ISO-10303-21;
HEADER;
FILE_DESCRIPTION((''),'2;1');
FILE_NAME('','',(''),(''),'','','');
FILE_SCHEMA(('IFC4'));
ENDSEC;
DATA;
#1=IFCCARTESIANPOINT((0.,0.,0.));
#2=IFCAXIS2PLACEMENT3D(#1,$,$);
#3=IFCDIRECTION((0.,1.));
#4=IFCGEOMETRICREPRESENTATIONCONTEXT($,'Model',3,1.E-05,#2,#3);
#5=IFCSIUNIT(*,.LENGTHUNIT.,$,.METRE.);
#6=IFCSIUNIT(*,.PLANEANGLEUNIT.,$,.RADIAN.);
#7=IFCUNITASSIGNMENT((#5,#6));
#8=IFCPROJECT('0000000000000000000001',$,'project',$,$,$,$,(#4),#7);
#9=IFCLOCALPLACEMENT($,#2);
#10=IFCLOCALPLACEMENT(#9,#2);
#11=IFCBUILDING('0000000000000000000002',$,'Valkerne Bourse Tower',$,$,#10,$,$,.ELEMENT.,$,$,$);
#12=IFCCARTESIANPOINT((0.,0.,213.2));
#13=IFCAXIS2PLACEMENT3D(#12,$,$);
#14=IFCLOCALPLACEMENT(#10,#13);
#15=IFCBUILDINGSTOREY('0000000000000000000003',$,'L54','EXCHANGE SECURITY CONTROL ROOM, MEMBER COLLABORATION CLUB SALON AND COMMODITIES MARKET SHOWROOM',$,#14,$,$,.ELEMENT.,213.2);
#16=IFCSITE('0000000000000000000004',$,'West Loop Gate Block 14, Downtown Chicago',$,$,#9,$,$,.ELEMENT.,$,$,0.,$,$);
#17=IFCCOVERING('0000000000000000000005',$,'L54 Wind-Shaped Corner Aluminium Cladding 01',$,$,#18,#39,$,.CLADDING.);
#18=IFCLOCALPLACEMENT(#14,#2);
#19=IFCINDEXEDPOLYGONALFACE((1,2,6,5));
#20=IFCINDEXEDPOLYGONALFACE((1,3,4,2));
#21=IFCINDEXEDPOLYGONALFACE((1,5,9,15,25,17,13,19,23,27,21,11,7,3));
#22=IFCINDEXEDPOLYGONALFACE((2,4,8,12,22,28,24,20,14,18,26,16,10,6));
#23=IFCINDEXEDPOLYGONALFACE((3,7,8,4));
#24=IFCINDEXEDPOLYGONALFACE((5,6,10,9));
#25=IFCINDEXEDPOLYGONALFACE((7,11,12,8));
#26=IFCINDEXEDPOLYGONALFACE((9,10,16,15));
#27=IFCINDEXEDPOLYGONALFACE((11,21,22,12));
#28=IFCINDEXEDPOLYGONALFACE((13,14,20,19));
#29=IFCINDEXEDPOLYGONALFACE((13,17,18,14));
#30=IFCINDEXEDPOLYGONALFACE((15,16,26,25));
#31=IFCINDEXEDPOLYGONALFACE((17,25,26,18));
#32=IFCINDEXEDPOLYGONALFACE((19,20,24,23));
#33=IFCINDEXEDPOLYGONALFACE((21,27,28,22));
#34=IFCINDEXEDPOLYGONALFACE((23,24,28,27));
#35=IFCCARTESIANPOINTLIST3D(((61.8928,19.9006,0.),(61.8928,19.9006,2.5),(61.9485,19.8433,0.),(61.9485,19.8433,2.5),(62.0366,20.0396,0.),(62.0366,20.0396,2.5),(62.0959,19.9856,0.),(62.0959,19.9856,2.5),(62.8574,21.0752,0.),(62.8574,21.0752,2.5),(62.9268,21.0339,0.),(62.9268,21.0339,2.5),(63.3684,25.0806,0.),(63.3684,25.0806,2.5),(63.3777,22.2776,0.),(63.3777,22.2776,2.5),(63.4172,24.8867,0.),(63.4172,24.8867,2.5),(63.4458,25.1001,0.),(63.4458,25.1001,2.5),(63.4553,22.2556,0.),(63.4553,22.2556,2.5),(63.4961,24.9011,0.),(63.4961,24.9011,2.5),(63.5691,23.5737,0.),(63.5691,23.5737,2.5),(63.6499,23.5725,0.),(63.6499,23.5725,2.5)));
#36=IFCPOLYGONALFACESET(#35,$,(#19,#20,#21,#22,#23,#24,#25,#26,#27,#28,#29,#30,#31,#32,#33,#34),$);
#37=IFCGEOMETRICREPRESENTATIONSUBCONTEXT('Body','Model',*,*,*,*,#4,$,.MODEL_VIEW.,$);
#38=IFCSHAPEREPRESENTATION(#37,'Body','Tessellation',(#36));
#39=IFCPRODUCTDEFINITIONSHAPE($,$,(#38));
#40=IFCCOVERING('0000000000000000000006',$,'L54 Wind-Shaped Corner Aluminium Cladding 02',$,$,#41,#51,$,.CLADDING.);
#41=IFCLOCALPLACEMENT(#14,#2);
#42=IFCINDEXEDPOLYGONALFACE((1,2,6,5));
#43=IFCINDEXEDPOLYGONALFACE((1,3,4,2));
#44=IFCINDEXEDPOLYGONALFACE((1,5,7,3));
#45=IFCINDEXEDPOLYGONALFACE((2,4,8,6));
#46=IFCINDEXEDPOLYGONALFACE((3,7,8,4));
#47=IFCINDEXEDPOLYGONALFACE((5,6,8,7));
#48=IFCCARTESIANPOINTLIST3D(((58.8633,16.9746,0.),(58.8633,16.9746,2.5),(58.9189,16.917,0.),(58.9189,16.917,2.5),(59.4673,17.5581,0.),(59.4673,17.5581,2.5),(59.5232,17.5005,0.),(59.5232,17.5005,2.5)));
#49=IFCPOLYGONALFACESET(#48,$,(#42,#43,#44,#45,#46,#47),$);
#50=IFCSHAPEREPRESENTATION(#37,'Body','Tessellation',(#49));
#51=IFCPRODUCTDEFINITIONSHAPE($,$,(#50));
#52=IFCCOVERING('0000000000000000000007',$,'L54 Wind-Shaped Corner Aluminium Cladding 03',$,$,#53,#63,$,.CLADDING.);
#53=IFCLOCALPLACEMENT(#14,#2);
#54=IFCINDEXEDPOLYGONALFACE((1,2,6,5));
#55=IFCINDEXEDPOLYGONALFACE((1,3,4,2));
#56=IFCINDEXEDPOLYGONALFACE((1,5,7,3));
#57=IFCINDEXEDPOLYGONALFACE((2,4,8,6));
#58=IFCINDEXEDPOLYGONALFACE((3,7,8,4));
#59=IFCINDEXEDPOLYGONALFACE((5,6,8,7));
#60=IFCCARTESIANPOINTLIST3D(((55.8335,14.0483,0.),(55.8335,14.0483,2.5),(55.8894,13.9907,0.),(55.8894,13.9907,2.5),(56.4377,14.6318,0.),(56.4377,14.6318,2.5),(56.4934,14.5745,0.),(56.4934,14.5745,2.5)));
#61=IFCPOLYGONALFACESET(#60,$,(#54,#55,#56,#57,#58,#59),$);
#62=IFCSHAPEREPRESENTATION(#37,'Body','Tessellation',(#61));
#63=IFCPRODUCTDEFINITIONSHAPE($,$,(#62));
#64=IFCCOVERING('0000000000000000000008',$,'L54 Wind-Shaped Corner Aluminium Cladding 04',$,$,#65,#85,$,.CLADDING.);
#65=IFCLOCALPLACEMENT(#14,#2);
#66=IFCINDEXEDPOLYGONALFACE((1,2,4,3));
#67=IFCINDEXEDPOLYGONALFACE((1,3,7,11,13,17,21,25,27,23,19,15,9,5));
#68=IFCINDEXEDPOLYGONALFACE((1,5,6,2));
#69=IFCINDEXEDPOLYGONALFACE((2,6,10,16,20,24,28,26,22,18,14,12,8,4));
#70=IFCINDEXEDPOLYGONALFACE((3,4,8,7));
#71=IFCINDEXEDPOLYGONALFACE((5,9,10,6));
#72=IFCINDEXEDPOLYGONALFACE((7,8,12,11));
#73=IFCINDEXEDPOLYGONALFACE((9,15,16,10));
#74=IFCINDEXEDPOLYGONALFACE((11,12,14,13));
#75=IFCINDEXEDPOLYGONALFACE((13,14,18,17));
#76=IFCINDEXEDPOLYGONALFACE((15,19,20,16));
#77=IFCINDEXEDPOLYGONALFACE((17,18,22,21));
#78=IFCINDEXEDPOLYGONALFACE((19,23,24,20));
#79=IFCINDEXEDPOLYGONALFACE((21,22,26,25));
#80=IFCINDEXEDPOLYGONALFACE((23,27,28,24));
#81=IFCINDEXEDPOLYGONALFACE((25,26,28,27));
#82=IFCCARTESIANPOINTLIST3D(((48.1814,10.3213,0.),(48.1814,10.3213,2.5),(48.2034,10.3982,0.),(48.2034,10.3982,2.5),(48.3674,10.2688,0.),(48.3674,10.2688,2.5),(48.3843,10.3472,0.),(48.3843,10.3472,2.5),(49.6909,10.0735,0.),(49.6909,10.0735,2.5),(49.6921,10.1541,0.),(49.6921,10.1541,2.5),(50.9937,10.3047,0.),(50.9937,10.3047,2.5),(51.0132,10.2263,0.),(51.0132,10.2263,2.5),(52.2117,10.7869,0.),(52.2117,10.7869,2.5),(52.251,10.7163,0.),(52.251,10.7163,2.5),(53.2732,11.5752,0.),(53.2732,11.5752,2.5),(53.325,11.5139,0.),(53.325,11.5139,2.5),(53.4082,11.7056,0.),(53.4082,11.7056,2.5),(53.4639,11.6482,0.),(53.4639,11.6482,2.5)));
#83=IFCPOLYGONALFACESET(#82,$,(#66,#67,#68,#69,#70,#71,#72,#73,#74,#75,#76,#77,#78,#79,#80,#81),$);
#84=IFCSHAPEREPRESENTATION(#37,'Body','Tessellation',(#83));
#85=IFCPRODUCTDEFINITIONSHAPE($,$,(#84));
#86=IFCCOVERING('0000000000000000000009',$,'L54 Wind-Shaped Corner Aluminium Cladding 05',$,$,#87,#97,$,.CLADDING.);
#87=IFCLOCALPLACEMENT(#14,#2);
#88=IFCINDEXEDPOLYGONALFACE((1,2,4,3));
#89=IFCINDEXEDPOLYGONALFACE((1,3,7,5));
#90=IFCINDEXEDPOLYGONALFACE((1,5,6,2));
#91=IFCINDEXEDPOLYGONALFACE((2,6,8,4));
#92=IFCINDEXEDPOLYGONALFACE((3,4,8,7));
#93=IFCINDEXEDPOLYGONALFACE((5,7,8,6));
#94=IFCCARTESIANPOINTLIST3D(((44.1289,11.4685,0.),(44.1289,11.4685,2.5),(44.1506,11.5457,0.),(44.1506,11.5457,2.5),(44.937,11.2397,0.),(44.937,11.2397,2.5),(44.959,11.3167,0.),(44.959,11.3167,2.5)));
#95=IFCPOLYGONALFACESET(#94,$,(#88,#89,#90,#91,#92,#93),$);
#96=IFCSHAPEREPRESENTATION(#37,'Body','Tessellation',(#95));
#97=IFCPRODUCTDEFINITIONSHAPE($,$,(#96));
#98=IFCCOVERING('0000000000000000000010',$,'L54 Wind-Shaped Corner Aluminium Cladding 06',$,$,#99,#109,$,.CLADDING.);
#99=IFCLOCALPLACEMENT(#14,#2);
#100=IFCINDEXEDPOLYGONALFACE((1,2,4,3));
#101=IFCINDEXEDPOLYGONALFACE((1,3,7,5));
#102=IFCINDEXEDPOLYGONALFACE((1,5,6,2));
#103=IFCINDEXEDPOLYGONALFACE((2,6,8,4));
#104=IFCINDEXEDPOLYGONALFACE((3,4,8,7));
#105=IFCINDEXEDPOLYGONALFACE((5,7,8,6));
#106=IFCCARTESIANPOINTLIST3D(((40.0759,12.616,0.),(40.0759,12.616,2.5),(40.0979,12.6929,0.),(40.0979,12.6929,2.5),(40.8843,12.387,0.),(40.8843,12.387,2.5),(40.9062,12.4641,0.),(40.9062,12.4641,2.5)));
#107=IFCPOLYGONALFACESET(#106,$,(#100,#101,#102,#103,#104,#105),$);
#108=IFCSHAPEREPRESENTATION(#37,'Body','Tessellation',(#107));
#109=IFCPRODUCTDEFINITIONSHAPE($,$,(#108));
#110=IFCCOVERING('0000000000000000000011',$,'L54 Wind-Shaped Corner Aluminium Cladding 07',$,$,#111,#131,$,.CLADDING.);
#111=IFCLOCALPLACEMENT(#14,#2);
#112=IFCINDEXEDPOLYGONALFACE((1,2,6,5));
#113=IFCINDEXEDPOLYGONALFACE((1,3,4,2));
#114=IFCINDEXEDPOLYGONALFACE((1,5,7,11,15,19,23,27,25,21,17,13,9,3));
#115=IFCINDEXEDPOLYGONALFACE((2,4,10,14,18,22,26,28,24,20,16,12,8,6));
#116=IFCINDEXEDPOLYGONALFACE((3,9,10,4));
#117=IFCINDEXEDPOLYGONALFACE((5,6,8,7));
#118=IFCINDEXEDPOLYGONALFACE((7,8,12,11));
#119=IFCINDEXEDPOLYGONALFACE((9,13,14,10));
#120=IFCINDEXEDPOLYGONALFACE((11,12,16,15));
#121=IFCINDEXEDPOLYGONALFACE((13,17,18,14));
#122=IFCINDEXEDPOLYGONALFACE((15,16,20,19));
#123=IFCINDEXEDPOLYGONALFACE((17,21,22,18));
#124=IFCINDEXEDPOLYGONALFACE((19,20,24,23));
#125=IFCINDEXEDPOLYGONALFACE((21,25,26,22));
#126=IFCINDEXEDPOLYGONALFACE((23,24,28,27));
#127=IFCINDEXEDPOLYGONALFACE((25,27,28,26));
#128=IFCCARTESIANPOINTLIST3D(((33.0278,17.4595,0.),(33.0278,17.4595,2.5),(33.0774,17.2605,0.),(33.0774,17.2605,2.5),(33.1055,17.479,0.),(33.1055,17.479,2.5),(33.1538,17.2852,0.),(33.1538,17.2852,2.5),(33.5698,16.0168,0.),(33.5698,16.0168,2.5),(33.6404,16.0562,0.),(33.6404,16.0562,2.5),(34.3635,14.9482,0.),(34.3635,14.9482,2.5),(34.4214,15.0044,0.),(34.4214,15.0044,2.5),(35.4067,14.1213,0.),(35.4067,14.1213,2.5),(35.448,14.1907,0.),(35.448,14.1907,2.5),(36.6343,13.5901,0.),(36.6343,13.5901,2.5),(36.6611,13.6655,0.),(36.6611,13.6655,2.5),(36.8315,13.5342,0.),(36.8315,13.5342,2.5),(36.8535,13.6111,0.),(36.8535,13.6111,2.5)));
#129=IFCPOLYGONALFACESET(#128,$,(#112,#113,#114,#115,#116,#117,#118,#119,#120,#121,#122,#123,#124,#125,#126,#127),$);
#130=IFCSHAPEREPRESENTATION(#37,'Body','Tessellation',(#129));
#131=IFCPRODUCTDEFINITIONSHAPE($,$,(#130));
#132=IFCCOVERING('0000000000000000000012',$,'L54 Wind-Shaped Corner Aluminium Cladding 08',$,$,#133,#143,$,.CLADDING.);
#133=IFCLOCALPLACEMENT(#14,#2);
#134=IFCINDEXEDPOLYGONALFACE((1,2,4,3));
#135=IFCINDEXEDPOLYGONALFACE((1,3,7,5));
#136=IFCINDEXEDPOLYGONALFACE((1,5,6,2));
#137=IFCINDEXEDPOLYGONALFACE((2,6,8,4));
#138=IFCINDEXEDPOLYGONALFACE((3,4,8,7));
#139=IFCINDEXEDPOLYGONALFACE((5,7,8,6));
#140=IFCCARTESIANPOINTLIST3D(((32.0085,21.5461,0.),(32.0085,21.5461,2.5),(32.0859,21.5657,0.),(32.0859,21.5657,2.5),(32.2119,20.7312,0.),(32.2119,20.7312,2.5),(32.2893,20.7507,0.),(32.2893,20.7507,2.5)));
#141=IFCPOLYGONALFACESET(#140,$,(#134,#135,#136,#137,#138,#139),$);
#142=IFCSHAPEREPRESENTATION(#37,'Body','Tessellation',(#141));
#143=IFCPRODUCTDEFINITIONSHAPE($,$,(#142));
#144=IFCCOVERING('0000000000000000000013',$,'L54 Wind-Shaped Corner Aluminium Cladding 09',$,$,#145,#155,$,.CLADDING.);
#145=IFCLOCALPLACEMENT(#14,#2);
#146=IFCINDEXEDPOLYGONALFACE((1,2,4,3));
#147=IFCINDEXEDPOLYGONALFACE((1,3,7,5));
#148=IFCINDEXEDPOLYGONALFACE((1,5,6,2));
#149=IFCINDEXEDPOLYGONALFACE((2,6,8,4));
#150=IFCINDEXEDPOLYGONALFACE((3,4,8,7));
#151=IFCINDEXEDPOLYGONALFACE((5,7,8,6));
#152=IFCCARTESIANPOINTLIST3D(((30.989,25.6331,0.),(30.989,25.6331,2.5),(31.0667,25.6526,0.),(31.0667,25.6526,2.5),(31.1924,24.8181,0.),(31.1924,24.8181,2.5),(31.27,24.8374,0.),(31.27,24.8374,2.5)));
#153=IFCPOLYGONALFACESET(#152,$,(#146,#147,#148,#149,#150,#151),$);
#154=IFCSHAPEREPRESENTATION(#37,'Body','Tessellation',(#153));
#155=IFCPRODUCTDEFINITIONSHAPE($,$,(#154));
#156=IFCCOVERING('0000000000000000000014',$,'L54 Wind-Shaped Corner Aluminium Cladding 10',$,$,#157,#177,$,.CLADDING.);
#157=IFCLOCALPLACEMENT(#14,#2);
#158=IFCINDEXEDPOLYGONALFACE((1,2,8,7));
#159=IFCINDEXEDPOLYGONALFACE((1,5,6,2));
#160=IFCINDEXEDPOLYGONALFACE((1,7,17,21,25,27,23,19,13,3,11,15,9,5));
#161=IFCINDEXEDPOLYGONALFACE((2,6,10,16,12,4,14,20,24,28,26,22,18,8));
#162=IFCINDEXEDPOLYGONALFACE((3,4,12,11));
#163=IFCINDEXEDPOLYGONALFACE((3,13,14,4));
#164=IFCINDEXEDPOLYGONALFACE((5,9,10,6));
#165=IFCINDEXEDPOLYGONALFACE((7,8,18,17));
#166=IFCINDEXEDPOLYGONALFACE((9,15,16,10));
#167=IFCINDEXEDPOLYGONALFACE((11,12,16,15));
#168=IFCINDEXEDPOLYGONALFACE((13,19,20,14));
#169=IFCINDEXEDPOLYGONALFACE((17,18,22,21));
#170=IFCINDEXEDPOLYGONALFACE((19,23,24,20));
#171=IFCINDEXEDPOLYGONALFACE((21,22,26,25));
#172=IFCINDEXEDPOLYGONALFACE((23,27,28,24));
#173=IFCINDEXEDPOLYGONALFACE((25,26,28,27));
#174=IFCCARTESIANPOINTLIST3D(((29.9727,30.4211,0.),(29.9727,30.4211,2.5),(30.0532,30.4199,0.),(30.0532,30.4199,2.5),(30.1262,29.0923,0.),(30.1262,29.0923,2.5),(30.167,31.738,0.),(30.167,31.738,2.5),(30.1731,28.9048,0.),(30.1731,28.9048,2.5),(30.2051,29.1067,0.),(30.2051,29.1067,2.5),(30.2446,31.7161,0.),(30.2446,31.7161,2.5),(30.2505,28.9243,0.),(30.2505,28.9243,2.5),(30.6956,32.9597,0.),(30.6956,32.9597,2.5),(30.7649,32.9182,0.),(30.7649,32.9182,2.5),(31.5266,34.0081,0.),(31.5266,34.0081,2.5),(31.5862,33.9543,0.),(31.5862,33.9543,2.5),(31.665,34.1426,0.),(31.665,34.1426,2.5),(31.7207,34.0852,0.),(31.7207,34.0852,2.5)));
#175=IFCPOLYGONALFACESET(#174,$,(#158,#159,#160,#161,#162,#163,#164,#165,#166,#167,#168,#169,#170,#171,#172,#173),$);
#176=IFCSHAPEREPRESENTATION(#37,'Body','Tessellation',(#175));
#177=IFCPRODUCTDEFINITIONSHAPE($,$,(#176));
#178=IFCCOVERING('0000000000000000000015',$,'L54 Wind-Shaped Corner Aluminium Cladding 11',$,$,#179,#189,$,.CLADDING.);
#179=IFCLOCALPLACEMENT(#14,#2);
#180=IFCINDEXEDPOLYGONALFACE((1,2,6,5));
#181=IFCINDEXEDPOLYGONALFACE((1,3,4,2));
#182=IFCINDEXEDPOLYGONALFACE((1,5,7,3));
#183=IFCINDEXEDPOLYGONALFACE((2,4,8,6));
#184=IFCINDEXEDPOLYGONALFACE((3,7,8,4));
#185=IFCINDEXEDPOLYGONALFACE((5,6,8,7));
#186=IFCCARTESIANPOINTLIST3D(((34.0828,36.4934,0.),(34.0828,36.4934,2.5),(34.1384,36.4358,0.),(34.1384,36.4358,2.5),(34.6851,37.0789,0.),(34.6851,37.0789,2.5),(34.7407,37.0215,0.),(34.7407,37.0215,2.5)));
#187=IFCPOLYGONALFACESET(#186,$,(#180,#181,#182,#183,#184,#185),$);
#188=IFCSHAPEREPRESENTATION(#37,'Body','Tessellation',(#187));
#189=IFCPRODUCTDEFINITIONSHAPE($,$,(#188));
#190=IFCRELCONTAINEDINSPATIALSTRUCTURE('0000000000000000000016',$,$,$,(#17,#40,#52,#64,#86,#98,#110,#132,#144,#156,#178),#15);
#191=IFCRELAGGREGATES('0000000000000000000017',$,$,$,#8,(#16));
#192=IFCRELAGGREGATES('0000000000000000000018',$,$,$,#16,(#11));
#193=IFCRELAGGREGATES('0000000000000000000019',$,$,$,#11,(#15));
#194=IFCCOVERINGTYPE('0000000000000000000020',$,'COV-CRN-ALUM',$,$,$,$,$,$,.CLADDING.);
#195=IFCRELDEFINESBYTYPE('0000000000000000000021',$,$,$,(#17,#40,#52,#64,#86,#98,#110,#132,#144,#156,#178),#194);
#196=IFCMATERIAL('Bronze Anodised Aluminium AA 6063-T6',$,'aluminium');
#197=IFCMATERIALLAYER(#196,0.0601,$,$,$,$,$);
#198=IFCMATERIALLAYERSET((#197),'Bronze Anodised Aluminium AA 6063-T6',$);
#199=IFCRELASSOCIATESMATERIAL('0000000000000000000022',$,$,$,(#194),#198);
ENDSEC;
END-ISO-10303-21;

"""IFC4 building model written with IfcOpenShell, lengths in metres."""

from ifc_helpers import new_model, si_unit, direction, frame, origin, place, context, subcontext, project, spatial, polyline, outline, extrude, material, layer, layer_set, type_object, element, save


model = new_model("IFC4")

# Units and contexts
model_context = context("Model", 3, precision=1e-05, world=origin(), true_north=direction((0.0, 1.0)))
body_context = subcontext(model_context, "Body", "Model", "MODEL_VIEW")
ifc_project = project(units=[si_unit("LENGTHUNIT", "METRE"), si_unit("PLANEANGLEUNIT", "RADIAN")], contexts=[model_context])

# Site, building, storey
site_placement = place(None, origin())
site = spatial("IfcSite", under=ifc_project, at=site_placement, Name="West Loop Gate Block 14, Downtown Chicago", CompositionType="ELEMENT", RefElevation=0.0)
building_placement = place(site_placement, origin())
building = spatial("IfcBuilding", under=site, at=building_placement, Name="Valkerne Bourse Tower", CompositionType="ELEMENT")
storey_placement = place(building_placement, frame((0.0, 0.0, 213.2)))
storey = spatial("IfcBuildingStorey", under=building, at=storey_placement, Name="L54", Description="EXCHANGE SECURITY CONTROL ROOM, MEMBER COLLABORATION CLUB SALON AND COMMODITIES MARKET SHOWROOM", CompositionType="ELEMENT", Elevation=213.2)

# Coverings
ifc_material_1 = material(Name="Bronze Anodised Aluminium AA 6063-T6", Category="aluminium")
ifc_layer_1 = layer(ifc_material_1, 0.0601)
ifc_layer_set_1 = layer_set([ifc_layer_1], Name="Bronze Anodised Aluminium AA 6063-T6")
covering_type = type_object("IfcCoveringType", Name="COV-CRN-ALUM", PredefinedType="CLADDING", material=ifc_layer_set_1)
covering_1_placement = place(storey_placement, origin())
element("IfcCovering", 1, at=covering_1_placement, inside=storey, type_object=covering_type, Name="L54 Wind-Shaped Corner Aluminium Cladding 01", PredefinedType="CLADDING", context=body_context, shape_type="SweptSolid", body=[
    extrude(outline(polyline([(63.6499, 23.5725), (63.4553, 22.2556), (62.9268, 21.0339), (62.0959, 19.9856), (61.9485, 19.8433), (61.8928, 19.9006), (62.0366, 20.0396), (62.8574, 21.0752), (63.3777, 22.2776), (63.5691, 23.5737), (63.4172, 24.8867), (63.3684, 25.0806), (63.4458, 25.1001), (63.4961, 24.9011), (63.6499, 23.5725)])), origin(), (0.0, 0.0, 1.0), 2.5),
])
covering_2_placement = place(storey_placement, origin())
element("IfcCovering", 2, at=covering_2_placement, inside=storey, type_object=covering_type, Name="L54 Wind-Shaped Corner Aluminium Cladding 02", PredefinedType="CLADDING", context=body_context, shape_type="SweptSolid", body=[
    extrude(outline(polyline([(58.9189, 16.917), (58.8633, 16.9746), (59.4673, 17.5581), (59.5232, 17.5005), (58.9189, 16.917)])), origin(), (0.0, 0.0, 1.0), 2.5),
])
covering_3_placement = place(storey_placement, origin())
element("IfcCovering", 3, at=covering_3_placement, inside=storey, type_object=covering_type, Name="L54 Wind-Shaped Corner Aluminium Cladding 03", PredefinedType="CLADDING", context=body_context, shape_type="SweptSolid", body=[
    extrude(outline(polyline([(55.8894, 13.9907), (55.8335, 14.0483), (56.4377, 14.6318), (56.4934, 14.5745), (55.8894, 13.9907)])), origin(), (0.0, 0.0, 1.0), 2.5),
])
covering_4_placement = place(storey_placement, origin())
element("IfcCovering", 4, at=covering_4_placement, inside=storey, type_object=covering_type, Name="L54 Wind-Shaped Corner Aluminium Cladding 04", PredefinedType="CLADDING", context=body_context, shape_type="SweptSolid", body=[
    extrude(outline(polyline([(53.325, 11.5139), (52.251, 10.7163), (51.0132, 10.2263), (49.6909, 10.0735), (48.3674, 10.2688), (48.1814, 10.3213), (48.2034, 10.3982), (48.3843, 10.3472), (49.6921, 10.1541), (50.9937, 10.3047), (52.2117, 10.7869), (53.2732, 11.5752), (53.4082, 11.7056), (53.4639, 11.6482), (53.325, 11.5139)])), origin(), (0.0, 0.0, 1.0), 2.5),
])
covering_5_placement = place(storey_placement, origin())
element("IfcCovering", 5, at=covering_5_placement, inside=storey, type_object=covering_type, Name="L54 Wind-Shaped Corner Aluminium Cladding 05", PredefinedType="CLADDING", context=body_context, shape_type="SweptSolid", body=[
    extrude(outline(polyline([(44.1289, 11.4685), (44.1506, 11.5457), (44.959, 11.3167), (44.937, 11.2397), (44.1289, 11.4685)])), origin(), (0.0, 0.0, 1.0), 2.5),
])
covering_6_placement = place(storey_placement, origin())
element("IfcCovering", 6, at=covering_6_placement, inside=storey, type_object=covering_type, Name="L54 Wind-Shaped Corner Aluminium Cladding 06", PredefinedType="CLADDING", context=body_context, shape_type="SweptSolid", body=[
    extrude(outline(polyline([(40.0759, 12.616), (40.0979, 12.6929), (40.9062, 12.4641), (40.8843, 12.387), (40.0759, 12.616)])), origin(), (0.0, 0.0, 1.0), 2.5),
])
covering_7_placement = place(storey_placement, origin())
element("IfcCovering", 7, at=covering_7_placement, inside=storey, type_object=covering_type, Name="L54 Wind-Shaped Corner Aluminium Cladding 07", PredefinedType="CLADDING", context=body_context, shape_type="SweptSolid", body=[
    extrude(outline(polyline([(36.6343, 13.5901), (35.4067, 14.1213), (34.3635, 14.9482), (33.5698, 16.0168), (33.0774, 17.2605), (33.0278, 17.4595), (33.1055, 17.479), (33.1538, 17.2852), (33.6404, 16.0562), (34.4214, 15.0044), (35.448, 14.1907), (36.6611, 13.6655), (36.8535, 13.6111), (36.8315, 13.5342), (36.6343, 13.5901)])), origin(), (0.0, 0.0, 1.0), 2.5),
])
covering_8_placement = place(storey_placement, origin())
element("IfcCovering", 8, at=covering_8_placement, inside=storey, type_object=covering_type, Name="L54 Wind-Shaped Corner Aluminium Cladding 08", PredefinedType="CLADDING", context=body_context, shape_type="SweptSolid", body=[
    extrude(outline(polyline([(32.0085, 21.5461), (32.0859, 21.5657), (32.2893, 20.7507), (32.2119, 20.7312), (32.0085, 21.5461)])), origin(), (0.0, 0.0, 1.0), 2.5),
])
covering_9_placement = place(storey_placement, origin())
element("IfcCovering", 9, at=covering_9_placement, inside=storey, type_object=covering_type, Name="L54 Wind-Shaped Corner Aluminium Cladding 09", PredefinedType="CLADDING", context=body_context, shape_type="SweptSolid", body=[
    extrude(outline(polyline([(30.989, 25.6331), (31.0667, 25.6526), (31.27, 24.8374), (31.1924, 24.8181), (30.989, 25.6331)])), origin(), (0.0, 0.0, 1.0), 2.5),
])
covering_10_placement = place(storey_placement, origin())
element("IfcCovering", 10, at=covering_10_placement, inside=storey, type_object=covering_type, Name="L54 Wind-Shaped Corner Aluminium Cladding 10", PredefinedType="CLADDING", context=body_context, shape_type="SweptSolid", body=[
    extrude(outline(polyline([(30.1262, 29.0923), (29.9727, 30.4211), (30.167, 31.738), (30.6956, 32.9597), (31.5266, 34.0081), (31.665, 34.1426), (31.7207, 34.0852), (31.5862, 33.9543), (30.7649, 32.9182), (30.2446, 31.7161), (30.0532, 30.4199), (30.2051, 29.1067), (30.2505, 28.9243), (30.1731, 28.9048), (30.1262, 29.0923)])), origin(), (0.0, 0.0, 1.0), 2.5),
])
covering_11_placement = place(storey_placement, origin())
element("IfcCovering", 11, at=covering_11_placement, inside=storey, type_object=covering_type, Name="L54 Wind-Shaped Corner Aluminium Cladding 11", PredefinedType="CLADDING", context=body_context, shape_type="SweptSolid", body=[
    extrude(outline(polyline([(34.6851, 37.0789), (34.7407, 37.0215), (34.1384, 36.4358), (34.0828, 36.4934), (34.6851, 37.0789)])), origin(), (0.0, 0.0, 1.0), 2.5),
])

save(model, "model.ifc")
